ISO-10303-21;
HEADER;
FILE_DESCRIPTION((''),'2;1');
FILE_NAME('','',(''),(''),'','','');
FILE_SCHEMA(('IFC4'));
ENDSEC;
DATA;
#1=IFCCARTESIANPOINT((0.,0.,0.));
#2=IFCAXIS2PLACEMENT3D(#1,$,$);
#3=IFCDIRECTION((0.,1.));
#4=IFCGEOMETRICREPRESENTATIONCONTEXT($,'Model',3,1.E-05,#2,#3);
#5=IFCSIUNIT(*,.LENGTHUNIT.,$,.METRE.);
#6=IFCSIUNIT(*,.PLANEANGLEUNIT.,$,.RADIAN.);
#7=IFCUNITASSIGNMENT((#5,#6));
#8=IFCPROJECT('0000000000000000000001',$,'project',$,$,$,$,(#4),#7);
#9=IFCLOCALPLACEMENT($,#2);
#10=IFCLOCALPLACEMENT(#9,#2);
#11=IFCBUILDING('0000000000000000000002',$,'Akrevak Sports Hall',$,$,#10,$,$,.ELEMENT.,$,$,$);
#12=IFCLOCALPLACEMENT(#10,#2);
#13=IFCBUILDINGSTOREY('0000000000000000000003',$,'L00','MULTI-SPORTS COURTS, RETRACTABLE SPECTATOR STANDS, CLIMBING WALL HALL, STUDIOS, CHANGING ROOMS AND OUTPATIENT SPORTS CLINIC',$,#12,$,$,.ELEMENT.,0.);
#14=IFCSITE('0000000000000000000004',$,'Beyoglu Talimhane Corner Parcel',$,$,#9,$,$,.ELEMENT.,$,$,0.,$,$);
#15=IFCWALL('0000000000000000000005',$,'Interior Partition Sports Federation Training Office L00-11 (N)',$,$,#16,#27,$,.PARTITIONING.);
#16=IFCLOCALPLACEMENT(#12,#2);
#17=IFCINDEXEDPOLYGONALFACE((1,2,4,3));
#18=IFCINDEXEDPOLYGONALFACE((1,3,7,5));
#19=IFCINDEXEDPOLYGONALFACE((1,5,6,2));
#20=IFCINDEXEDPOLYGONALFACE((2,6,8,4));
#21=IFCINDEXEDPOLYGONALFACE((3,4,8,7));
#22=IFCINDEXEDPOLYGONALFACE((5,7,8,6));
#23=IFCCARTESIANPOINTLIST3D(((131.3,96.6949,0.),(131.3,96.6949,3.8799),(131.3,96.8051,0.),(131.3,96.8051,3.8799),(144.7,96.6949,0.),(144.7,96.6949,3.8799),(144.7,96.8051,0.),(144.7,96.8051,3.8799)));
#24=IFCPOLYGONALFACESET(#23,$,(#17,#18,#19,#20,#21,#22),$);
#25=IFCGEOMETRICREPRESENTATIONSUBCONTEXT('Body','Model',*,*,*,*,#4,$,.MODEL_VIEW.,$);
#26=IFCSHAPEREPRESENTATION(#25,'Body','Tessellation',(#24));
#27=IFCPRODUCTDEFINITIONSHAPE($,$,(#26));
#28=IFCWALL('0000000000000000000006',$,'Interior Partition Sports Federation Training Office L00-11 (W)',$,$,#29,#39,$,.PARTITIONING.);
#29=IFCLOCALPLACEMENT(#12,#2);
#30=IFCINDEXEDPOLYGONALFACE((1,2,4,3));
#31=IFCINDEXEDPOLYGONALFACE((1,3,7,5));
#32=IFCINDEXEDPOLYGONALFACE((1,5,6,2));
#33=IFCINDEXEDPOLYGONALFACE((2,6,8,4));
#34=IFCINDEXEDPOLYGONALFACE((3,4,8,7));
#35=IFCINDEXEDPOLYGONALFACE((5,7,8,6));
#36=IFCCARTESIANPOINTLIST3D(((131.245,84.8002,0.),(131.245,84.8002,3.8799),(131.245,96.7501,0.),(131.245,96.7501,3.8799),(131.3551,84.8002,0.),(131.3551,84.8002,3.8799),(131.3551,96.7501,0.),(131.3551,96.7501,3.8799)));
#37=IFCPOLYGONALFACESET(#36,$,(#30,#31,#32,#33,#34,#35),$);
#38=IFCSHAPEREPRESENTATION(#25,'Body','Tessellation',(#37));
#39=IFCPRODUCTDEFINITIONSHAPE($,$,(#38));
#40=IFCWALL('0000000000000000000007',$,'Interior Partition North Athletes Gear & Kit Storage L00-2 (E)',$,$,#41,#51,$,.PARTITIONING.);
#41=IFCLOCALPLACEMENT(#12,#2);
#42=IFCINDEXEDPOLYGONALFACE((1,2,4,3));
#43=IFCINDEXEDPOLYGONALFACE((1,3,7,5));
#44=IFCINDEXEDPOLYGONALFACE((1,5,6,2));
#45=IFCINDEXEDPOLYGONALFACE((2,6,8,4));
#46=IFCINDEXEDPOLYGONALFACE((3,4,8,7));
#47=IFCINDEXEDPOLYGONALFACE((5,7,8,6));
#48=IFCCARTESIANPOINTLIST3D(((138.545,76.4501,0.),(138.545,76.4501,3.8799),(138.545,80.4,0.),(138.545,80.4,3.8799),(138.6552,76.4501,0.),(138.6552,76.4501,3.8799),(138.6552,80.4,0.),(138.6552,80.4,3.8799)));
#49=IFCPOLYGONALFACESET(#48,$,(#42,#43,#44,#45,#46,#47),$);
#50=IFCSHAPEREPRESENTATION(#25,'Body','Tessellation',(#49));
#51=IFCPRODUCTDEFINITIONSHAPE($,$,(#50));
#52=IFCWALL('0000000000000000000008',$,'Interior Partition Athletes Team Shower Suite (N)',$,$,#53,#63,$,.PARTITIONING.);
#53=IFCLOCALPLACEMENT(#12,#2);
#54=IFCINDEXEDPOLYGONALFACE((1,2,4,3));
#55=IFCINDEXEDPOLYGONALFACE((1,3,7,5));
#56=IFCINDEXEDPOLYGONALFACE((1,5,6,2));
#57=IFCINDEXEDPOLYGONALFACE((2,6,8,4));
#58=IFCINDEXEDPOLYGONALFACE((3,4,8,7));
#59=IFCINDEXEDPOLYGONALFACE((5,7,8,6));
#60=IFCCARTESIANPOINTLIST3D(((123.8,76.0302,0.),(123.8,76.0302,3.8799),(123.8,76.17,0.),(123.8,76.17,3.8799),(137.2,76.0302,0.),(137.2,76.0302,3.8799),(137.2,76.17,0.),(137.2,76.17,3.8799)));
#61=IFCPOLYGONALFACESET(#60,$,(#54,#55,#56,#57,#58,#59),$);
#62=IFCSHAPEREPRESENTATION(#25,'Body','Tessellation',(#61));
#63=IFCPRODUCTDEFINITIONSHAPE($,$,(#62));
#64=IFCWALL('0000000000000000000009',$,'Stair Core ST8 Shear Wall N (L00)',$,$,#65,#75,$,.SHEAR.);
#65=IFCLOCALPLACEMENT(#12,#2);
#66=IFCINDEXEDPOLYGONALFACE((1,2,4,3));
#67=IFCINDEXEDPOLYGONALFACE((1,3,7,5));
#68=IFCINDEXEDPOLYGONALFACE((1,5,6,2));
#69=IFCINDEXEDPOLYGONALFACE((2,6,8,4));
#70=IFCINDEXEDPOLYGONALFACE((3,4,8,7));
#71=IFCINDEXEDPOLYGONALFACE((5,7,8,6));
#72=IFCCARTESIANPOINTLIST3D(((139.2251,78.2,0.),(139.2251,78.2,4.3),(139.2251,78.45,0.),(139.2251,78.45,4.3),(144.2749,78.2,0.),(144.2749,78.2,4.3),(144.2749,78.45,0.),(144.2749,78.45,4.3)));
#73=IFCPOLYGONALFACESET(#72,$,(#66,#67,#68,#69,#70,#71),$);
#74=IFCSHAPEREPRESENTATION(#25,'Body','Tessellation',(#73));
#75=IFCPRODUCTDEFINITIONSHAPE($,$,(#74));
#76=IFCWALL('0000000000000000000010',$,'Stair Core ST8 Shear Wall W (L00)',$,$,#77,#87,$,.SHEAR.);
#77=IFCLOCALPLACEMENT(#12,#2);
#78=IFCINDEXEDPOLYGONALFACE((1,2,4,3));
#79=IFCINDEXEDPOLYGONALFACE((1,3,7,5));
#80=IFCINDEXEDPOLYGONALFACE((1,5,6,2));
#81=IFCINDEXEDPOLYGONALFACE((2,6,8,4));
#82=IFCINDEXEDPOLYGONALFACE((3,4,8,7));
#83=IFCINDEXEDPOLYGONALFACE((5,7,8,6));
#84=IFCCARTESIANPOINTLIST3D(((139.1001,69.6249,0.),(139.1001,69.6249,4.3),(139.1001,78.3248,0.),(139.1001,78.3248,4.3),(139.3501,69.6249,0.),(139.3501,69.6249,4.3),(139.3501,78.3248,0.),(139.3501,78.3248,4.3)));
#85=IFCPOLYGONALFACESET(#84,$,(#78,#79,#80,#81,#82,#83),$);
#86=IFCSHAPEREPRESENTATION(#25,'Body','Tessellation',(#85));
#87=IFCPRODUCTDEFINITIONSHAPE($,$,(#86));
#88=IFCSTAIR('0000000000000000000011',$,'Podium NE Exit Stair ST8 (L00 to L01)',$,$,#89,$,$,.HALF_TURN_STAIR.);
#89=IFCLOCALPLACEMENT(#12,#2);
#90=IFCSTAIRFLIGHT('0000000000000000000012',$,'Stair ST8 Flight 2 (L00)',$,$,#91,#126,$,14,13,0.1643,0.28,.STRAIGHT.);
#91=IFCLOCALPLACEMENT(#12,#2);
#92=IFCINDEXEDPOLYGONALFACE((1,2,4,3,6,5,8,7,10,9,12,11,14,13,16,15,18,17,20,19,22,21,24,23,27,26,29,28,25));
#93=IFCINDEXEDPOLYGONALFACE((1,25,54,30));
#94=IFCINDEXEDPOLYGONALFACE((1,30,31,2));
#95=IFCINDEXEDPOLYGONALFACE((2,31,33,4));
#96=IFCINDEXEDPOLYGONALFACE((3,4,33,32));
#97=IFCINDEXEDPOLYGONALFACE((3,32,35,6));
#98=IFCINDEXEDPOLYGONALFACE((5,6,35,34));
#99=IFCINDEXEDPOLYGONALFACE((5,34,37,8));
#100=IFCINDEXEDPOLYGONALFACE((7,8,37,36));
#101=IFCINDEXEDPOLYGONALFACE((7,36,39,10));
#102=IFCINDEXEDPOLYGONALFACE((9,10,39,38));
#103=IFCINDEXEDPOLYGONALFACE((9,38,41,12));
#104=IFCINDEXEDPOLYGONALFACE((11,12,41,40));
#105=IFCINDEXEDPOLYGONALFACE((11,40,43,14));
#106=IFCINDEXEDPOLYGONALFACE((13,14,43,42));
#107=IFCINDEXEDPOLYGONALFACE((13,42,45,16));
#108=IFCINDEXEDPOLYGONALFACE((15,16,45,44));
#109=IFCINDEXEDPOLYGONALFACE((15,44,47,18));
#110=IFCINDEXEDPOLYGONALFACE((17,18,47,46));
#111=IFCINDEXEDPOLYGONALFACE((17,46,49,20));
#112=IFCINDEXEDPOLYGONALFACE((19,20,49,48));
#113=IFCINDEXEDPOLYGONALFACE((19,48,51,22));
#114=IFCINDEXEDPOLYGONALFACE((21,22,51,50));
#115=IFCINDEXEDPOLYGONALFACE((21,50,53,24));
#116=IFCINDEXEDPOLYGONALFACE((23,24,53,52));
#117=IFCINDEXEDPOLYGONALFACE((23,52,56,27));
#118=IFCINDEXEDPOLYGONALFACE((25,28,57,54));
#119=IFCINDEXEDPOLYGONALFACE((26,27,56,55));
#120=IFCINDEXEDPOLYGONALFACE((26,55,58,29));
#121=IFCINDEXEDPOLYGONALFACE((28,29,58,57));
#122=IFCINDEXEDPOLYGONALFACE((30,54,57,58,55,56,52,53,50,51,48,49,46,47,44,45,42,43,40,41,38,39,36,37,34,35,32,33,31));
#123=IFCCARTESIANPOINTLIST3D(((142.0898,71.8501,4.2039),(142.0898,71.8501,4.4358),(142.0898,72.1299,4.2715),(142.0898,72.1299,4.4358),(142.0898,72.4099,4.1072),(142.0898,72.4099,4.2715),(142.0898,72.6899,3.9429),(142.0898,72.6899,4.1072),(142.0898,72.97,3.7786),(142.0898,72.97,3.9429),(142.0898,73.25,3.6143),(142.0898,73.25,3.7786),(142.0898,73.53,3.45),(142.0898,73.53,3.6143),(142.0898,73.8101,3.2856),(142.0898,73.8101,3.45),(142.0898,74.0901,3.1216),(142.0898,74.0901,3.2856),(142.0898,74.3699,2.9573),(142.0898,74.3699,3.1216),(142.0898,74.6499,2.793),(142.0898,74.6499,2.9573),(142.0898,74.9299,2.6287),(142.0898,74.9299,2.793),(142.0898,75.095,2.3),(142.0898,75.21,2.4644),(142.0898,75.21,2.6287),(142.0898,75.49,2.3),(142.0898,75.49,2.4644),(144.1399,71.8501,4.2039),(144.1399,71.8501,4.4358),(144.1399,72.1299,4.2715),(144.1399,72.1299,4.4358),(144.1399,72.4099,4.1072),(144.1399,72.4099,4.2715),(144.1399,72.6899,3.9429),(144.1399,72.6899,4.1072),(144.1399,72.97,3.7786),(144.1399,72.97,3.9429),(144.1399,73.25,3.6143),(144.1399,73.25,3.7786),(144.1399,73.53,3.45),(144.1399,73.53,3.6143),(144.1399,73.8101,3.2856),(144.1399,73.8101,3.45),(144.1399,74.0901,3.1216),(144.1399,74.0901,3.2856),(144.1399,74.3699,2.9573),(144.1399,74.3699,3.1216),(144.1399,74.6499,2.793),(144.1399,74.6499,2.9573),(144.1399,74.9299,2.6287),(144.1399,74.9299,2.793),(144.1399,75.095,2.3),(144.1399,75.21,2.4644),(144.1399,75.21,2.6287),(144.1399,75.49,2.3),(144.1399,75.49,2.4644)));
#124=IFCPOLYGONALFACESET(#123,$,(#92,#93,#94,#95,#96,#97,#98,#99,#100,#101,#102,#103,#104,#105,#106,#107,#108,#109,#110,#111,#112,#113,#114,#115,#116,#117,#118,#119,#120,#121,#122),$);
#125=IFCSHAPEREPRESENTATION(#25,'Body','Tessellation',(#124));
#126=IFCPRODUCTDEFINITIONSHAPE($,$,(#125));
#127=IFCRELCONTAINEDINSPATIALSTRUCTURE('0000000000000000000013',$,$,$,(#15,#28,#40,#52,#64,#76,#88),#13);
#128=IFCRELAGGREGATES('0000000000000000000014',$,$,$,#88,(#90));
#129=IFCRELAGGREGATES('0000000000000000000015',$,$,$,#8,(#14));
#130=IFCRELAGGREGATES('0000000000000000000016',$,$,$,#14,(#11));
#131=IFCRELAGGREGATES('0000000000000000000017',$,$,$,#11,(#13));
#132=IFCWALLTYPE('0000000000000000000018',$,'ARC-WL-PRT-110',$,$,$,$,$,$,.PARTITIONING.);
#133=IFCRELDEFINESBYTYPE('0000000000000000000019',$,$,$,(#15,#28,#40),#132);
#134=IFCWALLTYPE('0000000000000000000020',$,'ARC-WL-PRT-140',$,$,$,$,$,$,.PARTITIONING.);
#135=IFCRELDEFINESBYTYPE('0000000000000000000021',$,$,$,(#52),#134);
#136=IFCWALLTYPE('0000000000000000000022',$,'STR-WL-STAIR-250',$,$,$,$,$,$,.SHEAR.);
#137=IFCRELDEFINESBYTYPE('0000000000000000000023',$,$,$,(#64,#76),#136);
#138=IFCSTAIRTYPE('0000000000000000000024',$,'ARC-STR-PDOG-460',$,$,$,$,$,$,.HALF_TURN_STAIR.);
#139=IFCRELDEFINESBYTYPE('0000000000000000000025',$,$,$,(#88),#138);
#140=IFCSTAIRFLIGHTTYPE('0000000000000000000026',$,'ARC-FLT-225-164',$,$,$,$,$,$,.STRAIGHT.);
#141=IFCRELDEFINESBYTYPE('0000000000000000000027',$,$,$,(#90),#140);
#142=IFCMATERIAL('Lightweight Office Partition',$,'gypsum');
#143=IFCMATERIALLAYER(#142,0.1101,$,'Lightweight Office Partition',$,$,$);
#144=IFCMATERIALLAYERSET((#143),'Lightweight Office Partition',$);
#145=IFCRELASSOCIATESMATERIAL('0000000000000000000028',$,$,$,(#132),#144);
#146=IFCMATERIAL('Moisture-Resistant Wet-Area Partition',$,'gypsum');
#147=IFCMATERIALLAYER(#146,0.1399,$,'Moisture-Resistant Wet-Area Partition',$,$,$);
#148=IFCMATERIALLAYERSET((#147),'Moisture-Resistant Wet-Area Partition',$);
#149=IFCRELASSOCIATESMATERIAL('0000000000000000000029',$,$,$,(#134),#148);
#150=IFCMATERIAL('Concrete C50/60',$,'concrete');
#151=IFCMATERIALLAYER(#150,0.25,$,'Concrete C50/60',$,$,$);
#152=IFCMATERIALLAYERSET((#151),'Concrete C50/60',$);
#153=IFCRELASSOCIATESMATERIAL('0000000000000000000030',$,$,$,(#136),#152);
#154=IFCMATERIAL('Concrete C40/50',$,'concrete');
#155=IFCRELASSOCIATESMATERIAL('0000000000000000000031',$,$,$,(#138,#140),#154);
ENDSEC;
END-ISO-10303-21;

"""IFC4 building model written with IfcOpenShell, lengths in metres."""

from ifc_helpers import new_model, si_unit, direction, frame, frame_2d, origin, place, context, subcontext, project, spatial, polyline, rectangle, outline, extrude, material, layer, layer_set, type_object, element, aggregate, save


model = new_model("IFC4")

# Units and contexts
model_context = context("Model", 3, precision=1e-05, world=origin(), true_north=direction((0.0, 1.0)))
body_context = subcontext(model_context, "Body", "Model", "MODEL_VIEW")
ifc_project = project(units=[si_unit("LENGTHUNIT", "METRE"), si_unit("PLANEANGLEUNIT", "RADIAN")], contexts=[model_context])

# Site, building, storey
site_placement = place(None, origin())
site = spatial("IfcSite", under=ifc_project, at=site_placement, Name="Beyoglu Talimhane Corner Parcel", CompositionType="ELEMENT", RefElevation=0.0)
building_placement = place(site_placement, origin())
building = spatial("IfcBuilding", under=site, at=building_placement, Name="Akrevak Sports Hall", CompositionType="ELEMENT")
storey_placement = place(building_placement, origin())
storey = spatial("IfcBuildingStorey", under=building, at=storey_placement, Name="L00", Description="MULTI-SPORTS COURTS, RETRACTABLE SPECTATOR STANDS, CLIMBING WALL HALL, STUDIOS, CHANGING ROOMS AND OUTPATIENT SPORTS CLINIC", CompositionType="ELEMENT", Elevation=0.0)

# Shared definitions
ifc_material_1 = material(Name="Concrete C40/50", Category="concrete")

# Shared definitions
ifc_material_2 = material(Name="Concrete C50/60", Category="concrete")

# Shared definitions
ifc_material_3 = material(Name="Lightweight Office Partition", Category="gypsum")
ifc_layer_1 = layer(ifc_material_3, 0.1101, Name="Lightweight Office Partition")
ifc_layer_set_1 = layer_set([ifc_layer_1], Name="Lightweight Office Partition")
wall_type_1 = type_object("IfcWallType", Name="ARC-WL-PRT-110", PredefinedType="PARTITIONING", material=ifc_layer_set_1)

# Walls
wall_1_placement = place(storey_placement, frame((131.3, 96.75, 0.0), z_axis=(0.0, 0.0, 1.0), x_axis=(1.0, 0.0, 0.0)))
element("IfcWall", 1, at=wall_1_placement, inside=storey, type_object=wall_type_1, Name="Interior Partition Sports Federation Training Office L00-11 (N)", PredefinedType="PARTITIONING", context=body_context, shape_type="SweptSolid", body=[
    extrude(rectangle(XDim=13.3999, YDim=0.1101, at=frame_2d((6.7, 0.0))), origin(), (0.0, 0.0, 1.0), 3.8799),
])
wall_2_placement = place(storey_placement, frame((131.3, 84.8, 0.0), z_axis=(0.0, 0.0, 1.0), x_axis=(0.0, 1.0, 0.0)))
element("IfcWall", 2, at=wall_2_placement, inside=storey, type_object=wall_type_1, Name="Interior Partition Sports Federation Training Office L00-11 (W)", PredefinedType="PARTITIONING", context=body_context, shape_type="SweptSolid", body=[
    extrude(rectangle(XDim=11.95, YDim=0.1101, at=frame_2d((5.9751, 0.0))), origin(), (0.0, 0.0, 1.0), 3.8799),
])
wall_3_placement = place(storey_placement, frame((138.6001, 76.45, 0.0), z_axis=(0.0, 0.0, 1.0), x_axis=(0.0, 1.0, 0.0)))
element("IfcWall", 3, at=wall_3_placement, inside=storey, type_object=wall_type_1, Name="Interior Partition North Athletes Gear & Kit Storage L00-2 (E)", PredefinedType="PARTITIONING", context=body_context, shape_type="SweptSolid", body=[
    extrude(rectangle(XDim=3.95, YDim=0.1101, at=frame_2d((1.9751, 0.0))), origin(), (0.0, 0.0, 1.0), 3.8799),
])
ifc_material_4 = material(Name="Moisture-Resistant Wet-Area Partition", Category="gypsum")
ifc_layer_2 = layer(ifc_material_4, 0.1399, Name="Moisture-Resistant Wet-Area Partition")
ifc_layer_set_2 = layer_set([ifc_layer_2], Name="Moisture-Resistant Wet-Area Partition")
wall_type_2 = type_object("IfcWallType", Name="ARC-WL-PRT-140", PredefinedType="PARTITIONING", material=ifc_layer_set_2)
wall_4_placement = place(storey_placement, frame((123.8, 76.1001, 0.0), z_axis=(0.0, 0.0, 1.0), x_axis=(1.0, 0.0, 0.0)))
element("IfcWall", 4, at=wall_4_placement, inside=storey, type_object=wall_type_2, Name="Interior Partition Athletes Team Shower Suite (N)", PredefinedType="PARTITIONING", context=body_context, shape_type="SweptSolid", body=[
    extrude(rectangle(XDim=13.3999, YDim=0.1399, at=frame_2d((6.7, 0.0))), origin(), (0.0, 0.0, 1.0), 3.8799),
])
ifc_layer_3 = layer(ifc_material_2, 0.25, Name="Concrete C50/60")
ifc_layer_set_3 = layer_set([ifc_layer_3], Name="Concrete C50/60")
wall_type_3 = type_object("IfcWallType", Name="STR-WL-STAIR-250", PredefinedType="SHEAR", material=ifc_layer_set_3)
wall_5_placement = place(storey_placement, frame((144.2749, 78.325, 0.0), z_axis=(0.0, 0.0, 1.0), x_axis=(-1.0, 0.0, 0.0)))
element("IfcWall", 5, at=wall_5_placement, inside=storey, type_object=wall_type_3, Name="Stair Core ST8 Shear Wall N (L00)", PredefinedType="SHEAR", context=body_context, shape_type="SweptSolid", body=[
    extrude(rectangle(XDim=5.0498, YDim=0.25, at=frame_2d((2.5249, 0.0))), origin(), (0.0, 0.0, 1.0), 4.3),
])
wall_6_placement = place(storey_placement, frame((139.2251, 78.325, 0.0), z_axis=(0.0, 0.0, 1.0), x_axis=(0.0, -1.0, 0.0)))
element("IfcWall", 6, at=wall_6_placement, inside=storey, type_object=wall_type_3, Name="Stair Core ST8 Shear Wall W (L00)", PredefinedType="SHEAR", context=body_context, shape_type="SweptSolid", body=[
    extrude(rectangle(XDim=8.7, YDim=0.25, at=frame_2d((4.3501, 0.0))), origin(), (0.0, 0.0, 1.0), 4.3),
])

# Stair, stair flight
stair_type = type_object("IfcStairType", Name="ARC-STR-PDOG-460", PredefinedType="HALF_TURN_STAIR", material=ifc_material_1)
stair_placement = place(storey_placement, origin())
stair = element("IfcStair", 7, at=stair_placement, inside=storey, type_object=stair_type, Name="Podium NE Exit Stair ST8 (L00 to L01)", PredefinedType="HALF_TURN_STAIR")
stair_flight_type = type_object("IfcStairFlightType", Name="ARC-FLT-225-164", PredefinedType="STRAIGHT", material=ifc_material_1)
stair_flight_placement = place(storey_placement, frame((143.115, 75.49, 2.3), z_axis=(0.0, 0.0, 1.0), x_axis=(0.0, -1.0, 0.0)))
stair_flight = element("IfcStairFlight", 8, at=stair_flight_placement, type_object=stair_flight_type, Name="Stair ST8 Flight 2 (L00)", NumberOfRisers=14, NumberOfTreads=13, PredefinedType="STRAIGHT", RiserHeight=0.1643, TreadLength=0.28, context=body_context, shape_type="SweptSolid", body=[
    extrude(outline(polyline([(0.0, 0.0), (0.0, 0.1643), (0.28, 0.1643), (0.28, 0.3286), (0.5601, 0.3286), (0.5601, 0.4929), (0.8401, 0.4929), (0.8401, 0.6572), (1.1201, 0.6572), (1.1201, 0.8215), (1.3999, 0.8215), (1.3999, 0.9856), (1.6799, 0.9856), (1.6799, 1.1499), (1.96, 1.1499), (1.96, 1.3142), (2.24, 1.3142), (2.24, 1.4785), (2.52, 1.4785), (2.52, 1.6428), (2.8, 1.6428), (2.8, 1.8071), (3.0801, 1.8071), (3.0801, 1.9714), (3.3601, 1.9714), (3.3601, 2.1357), (3.6399, 2.1357), (3.6399, 2.3), (3.6399, 1.9038), (0.395, 0.0), (0.0, 0.0)])), frame((0.0, 1.0249, 0.0), z_axis=(0.0, -1.0, 0.0), x_axis=(1.0, 0.0, 0.0)), (0.0, 0.0, 1.0), 2.05),
])
aggregate(stair, [stair_flight])

save(model, "model.ifc")
